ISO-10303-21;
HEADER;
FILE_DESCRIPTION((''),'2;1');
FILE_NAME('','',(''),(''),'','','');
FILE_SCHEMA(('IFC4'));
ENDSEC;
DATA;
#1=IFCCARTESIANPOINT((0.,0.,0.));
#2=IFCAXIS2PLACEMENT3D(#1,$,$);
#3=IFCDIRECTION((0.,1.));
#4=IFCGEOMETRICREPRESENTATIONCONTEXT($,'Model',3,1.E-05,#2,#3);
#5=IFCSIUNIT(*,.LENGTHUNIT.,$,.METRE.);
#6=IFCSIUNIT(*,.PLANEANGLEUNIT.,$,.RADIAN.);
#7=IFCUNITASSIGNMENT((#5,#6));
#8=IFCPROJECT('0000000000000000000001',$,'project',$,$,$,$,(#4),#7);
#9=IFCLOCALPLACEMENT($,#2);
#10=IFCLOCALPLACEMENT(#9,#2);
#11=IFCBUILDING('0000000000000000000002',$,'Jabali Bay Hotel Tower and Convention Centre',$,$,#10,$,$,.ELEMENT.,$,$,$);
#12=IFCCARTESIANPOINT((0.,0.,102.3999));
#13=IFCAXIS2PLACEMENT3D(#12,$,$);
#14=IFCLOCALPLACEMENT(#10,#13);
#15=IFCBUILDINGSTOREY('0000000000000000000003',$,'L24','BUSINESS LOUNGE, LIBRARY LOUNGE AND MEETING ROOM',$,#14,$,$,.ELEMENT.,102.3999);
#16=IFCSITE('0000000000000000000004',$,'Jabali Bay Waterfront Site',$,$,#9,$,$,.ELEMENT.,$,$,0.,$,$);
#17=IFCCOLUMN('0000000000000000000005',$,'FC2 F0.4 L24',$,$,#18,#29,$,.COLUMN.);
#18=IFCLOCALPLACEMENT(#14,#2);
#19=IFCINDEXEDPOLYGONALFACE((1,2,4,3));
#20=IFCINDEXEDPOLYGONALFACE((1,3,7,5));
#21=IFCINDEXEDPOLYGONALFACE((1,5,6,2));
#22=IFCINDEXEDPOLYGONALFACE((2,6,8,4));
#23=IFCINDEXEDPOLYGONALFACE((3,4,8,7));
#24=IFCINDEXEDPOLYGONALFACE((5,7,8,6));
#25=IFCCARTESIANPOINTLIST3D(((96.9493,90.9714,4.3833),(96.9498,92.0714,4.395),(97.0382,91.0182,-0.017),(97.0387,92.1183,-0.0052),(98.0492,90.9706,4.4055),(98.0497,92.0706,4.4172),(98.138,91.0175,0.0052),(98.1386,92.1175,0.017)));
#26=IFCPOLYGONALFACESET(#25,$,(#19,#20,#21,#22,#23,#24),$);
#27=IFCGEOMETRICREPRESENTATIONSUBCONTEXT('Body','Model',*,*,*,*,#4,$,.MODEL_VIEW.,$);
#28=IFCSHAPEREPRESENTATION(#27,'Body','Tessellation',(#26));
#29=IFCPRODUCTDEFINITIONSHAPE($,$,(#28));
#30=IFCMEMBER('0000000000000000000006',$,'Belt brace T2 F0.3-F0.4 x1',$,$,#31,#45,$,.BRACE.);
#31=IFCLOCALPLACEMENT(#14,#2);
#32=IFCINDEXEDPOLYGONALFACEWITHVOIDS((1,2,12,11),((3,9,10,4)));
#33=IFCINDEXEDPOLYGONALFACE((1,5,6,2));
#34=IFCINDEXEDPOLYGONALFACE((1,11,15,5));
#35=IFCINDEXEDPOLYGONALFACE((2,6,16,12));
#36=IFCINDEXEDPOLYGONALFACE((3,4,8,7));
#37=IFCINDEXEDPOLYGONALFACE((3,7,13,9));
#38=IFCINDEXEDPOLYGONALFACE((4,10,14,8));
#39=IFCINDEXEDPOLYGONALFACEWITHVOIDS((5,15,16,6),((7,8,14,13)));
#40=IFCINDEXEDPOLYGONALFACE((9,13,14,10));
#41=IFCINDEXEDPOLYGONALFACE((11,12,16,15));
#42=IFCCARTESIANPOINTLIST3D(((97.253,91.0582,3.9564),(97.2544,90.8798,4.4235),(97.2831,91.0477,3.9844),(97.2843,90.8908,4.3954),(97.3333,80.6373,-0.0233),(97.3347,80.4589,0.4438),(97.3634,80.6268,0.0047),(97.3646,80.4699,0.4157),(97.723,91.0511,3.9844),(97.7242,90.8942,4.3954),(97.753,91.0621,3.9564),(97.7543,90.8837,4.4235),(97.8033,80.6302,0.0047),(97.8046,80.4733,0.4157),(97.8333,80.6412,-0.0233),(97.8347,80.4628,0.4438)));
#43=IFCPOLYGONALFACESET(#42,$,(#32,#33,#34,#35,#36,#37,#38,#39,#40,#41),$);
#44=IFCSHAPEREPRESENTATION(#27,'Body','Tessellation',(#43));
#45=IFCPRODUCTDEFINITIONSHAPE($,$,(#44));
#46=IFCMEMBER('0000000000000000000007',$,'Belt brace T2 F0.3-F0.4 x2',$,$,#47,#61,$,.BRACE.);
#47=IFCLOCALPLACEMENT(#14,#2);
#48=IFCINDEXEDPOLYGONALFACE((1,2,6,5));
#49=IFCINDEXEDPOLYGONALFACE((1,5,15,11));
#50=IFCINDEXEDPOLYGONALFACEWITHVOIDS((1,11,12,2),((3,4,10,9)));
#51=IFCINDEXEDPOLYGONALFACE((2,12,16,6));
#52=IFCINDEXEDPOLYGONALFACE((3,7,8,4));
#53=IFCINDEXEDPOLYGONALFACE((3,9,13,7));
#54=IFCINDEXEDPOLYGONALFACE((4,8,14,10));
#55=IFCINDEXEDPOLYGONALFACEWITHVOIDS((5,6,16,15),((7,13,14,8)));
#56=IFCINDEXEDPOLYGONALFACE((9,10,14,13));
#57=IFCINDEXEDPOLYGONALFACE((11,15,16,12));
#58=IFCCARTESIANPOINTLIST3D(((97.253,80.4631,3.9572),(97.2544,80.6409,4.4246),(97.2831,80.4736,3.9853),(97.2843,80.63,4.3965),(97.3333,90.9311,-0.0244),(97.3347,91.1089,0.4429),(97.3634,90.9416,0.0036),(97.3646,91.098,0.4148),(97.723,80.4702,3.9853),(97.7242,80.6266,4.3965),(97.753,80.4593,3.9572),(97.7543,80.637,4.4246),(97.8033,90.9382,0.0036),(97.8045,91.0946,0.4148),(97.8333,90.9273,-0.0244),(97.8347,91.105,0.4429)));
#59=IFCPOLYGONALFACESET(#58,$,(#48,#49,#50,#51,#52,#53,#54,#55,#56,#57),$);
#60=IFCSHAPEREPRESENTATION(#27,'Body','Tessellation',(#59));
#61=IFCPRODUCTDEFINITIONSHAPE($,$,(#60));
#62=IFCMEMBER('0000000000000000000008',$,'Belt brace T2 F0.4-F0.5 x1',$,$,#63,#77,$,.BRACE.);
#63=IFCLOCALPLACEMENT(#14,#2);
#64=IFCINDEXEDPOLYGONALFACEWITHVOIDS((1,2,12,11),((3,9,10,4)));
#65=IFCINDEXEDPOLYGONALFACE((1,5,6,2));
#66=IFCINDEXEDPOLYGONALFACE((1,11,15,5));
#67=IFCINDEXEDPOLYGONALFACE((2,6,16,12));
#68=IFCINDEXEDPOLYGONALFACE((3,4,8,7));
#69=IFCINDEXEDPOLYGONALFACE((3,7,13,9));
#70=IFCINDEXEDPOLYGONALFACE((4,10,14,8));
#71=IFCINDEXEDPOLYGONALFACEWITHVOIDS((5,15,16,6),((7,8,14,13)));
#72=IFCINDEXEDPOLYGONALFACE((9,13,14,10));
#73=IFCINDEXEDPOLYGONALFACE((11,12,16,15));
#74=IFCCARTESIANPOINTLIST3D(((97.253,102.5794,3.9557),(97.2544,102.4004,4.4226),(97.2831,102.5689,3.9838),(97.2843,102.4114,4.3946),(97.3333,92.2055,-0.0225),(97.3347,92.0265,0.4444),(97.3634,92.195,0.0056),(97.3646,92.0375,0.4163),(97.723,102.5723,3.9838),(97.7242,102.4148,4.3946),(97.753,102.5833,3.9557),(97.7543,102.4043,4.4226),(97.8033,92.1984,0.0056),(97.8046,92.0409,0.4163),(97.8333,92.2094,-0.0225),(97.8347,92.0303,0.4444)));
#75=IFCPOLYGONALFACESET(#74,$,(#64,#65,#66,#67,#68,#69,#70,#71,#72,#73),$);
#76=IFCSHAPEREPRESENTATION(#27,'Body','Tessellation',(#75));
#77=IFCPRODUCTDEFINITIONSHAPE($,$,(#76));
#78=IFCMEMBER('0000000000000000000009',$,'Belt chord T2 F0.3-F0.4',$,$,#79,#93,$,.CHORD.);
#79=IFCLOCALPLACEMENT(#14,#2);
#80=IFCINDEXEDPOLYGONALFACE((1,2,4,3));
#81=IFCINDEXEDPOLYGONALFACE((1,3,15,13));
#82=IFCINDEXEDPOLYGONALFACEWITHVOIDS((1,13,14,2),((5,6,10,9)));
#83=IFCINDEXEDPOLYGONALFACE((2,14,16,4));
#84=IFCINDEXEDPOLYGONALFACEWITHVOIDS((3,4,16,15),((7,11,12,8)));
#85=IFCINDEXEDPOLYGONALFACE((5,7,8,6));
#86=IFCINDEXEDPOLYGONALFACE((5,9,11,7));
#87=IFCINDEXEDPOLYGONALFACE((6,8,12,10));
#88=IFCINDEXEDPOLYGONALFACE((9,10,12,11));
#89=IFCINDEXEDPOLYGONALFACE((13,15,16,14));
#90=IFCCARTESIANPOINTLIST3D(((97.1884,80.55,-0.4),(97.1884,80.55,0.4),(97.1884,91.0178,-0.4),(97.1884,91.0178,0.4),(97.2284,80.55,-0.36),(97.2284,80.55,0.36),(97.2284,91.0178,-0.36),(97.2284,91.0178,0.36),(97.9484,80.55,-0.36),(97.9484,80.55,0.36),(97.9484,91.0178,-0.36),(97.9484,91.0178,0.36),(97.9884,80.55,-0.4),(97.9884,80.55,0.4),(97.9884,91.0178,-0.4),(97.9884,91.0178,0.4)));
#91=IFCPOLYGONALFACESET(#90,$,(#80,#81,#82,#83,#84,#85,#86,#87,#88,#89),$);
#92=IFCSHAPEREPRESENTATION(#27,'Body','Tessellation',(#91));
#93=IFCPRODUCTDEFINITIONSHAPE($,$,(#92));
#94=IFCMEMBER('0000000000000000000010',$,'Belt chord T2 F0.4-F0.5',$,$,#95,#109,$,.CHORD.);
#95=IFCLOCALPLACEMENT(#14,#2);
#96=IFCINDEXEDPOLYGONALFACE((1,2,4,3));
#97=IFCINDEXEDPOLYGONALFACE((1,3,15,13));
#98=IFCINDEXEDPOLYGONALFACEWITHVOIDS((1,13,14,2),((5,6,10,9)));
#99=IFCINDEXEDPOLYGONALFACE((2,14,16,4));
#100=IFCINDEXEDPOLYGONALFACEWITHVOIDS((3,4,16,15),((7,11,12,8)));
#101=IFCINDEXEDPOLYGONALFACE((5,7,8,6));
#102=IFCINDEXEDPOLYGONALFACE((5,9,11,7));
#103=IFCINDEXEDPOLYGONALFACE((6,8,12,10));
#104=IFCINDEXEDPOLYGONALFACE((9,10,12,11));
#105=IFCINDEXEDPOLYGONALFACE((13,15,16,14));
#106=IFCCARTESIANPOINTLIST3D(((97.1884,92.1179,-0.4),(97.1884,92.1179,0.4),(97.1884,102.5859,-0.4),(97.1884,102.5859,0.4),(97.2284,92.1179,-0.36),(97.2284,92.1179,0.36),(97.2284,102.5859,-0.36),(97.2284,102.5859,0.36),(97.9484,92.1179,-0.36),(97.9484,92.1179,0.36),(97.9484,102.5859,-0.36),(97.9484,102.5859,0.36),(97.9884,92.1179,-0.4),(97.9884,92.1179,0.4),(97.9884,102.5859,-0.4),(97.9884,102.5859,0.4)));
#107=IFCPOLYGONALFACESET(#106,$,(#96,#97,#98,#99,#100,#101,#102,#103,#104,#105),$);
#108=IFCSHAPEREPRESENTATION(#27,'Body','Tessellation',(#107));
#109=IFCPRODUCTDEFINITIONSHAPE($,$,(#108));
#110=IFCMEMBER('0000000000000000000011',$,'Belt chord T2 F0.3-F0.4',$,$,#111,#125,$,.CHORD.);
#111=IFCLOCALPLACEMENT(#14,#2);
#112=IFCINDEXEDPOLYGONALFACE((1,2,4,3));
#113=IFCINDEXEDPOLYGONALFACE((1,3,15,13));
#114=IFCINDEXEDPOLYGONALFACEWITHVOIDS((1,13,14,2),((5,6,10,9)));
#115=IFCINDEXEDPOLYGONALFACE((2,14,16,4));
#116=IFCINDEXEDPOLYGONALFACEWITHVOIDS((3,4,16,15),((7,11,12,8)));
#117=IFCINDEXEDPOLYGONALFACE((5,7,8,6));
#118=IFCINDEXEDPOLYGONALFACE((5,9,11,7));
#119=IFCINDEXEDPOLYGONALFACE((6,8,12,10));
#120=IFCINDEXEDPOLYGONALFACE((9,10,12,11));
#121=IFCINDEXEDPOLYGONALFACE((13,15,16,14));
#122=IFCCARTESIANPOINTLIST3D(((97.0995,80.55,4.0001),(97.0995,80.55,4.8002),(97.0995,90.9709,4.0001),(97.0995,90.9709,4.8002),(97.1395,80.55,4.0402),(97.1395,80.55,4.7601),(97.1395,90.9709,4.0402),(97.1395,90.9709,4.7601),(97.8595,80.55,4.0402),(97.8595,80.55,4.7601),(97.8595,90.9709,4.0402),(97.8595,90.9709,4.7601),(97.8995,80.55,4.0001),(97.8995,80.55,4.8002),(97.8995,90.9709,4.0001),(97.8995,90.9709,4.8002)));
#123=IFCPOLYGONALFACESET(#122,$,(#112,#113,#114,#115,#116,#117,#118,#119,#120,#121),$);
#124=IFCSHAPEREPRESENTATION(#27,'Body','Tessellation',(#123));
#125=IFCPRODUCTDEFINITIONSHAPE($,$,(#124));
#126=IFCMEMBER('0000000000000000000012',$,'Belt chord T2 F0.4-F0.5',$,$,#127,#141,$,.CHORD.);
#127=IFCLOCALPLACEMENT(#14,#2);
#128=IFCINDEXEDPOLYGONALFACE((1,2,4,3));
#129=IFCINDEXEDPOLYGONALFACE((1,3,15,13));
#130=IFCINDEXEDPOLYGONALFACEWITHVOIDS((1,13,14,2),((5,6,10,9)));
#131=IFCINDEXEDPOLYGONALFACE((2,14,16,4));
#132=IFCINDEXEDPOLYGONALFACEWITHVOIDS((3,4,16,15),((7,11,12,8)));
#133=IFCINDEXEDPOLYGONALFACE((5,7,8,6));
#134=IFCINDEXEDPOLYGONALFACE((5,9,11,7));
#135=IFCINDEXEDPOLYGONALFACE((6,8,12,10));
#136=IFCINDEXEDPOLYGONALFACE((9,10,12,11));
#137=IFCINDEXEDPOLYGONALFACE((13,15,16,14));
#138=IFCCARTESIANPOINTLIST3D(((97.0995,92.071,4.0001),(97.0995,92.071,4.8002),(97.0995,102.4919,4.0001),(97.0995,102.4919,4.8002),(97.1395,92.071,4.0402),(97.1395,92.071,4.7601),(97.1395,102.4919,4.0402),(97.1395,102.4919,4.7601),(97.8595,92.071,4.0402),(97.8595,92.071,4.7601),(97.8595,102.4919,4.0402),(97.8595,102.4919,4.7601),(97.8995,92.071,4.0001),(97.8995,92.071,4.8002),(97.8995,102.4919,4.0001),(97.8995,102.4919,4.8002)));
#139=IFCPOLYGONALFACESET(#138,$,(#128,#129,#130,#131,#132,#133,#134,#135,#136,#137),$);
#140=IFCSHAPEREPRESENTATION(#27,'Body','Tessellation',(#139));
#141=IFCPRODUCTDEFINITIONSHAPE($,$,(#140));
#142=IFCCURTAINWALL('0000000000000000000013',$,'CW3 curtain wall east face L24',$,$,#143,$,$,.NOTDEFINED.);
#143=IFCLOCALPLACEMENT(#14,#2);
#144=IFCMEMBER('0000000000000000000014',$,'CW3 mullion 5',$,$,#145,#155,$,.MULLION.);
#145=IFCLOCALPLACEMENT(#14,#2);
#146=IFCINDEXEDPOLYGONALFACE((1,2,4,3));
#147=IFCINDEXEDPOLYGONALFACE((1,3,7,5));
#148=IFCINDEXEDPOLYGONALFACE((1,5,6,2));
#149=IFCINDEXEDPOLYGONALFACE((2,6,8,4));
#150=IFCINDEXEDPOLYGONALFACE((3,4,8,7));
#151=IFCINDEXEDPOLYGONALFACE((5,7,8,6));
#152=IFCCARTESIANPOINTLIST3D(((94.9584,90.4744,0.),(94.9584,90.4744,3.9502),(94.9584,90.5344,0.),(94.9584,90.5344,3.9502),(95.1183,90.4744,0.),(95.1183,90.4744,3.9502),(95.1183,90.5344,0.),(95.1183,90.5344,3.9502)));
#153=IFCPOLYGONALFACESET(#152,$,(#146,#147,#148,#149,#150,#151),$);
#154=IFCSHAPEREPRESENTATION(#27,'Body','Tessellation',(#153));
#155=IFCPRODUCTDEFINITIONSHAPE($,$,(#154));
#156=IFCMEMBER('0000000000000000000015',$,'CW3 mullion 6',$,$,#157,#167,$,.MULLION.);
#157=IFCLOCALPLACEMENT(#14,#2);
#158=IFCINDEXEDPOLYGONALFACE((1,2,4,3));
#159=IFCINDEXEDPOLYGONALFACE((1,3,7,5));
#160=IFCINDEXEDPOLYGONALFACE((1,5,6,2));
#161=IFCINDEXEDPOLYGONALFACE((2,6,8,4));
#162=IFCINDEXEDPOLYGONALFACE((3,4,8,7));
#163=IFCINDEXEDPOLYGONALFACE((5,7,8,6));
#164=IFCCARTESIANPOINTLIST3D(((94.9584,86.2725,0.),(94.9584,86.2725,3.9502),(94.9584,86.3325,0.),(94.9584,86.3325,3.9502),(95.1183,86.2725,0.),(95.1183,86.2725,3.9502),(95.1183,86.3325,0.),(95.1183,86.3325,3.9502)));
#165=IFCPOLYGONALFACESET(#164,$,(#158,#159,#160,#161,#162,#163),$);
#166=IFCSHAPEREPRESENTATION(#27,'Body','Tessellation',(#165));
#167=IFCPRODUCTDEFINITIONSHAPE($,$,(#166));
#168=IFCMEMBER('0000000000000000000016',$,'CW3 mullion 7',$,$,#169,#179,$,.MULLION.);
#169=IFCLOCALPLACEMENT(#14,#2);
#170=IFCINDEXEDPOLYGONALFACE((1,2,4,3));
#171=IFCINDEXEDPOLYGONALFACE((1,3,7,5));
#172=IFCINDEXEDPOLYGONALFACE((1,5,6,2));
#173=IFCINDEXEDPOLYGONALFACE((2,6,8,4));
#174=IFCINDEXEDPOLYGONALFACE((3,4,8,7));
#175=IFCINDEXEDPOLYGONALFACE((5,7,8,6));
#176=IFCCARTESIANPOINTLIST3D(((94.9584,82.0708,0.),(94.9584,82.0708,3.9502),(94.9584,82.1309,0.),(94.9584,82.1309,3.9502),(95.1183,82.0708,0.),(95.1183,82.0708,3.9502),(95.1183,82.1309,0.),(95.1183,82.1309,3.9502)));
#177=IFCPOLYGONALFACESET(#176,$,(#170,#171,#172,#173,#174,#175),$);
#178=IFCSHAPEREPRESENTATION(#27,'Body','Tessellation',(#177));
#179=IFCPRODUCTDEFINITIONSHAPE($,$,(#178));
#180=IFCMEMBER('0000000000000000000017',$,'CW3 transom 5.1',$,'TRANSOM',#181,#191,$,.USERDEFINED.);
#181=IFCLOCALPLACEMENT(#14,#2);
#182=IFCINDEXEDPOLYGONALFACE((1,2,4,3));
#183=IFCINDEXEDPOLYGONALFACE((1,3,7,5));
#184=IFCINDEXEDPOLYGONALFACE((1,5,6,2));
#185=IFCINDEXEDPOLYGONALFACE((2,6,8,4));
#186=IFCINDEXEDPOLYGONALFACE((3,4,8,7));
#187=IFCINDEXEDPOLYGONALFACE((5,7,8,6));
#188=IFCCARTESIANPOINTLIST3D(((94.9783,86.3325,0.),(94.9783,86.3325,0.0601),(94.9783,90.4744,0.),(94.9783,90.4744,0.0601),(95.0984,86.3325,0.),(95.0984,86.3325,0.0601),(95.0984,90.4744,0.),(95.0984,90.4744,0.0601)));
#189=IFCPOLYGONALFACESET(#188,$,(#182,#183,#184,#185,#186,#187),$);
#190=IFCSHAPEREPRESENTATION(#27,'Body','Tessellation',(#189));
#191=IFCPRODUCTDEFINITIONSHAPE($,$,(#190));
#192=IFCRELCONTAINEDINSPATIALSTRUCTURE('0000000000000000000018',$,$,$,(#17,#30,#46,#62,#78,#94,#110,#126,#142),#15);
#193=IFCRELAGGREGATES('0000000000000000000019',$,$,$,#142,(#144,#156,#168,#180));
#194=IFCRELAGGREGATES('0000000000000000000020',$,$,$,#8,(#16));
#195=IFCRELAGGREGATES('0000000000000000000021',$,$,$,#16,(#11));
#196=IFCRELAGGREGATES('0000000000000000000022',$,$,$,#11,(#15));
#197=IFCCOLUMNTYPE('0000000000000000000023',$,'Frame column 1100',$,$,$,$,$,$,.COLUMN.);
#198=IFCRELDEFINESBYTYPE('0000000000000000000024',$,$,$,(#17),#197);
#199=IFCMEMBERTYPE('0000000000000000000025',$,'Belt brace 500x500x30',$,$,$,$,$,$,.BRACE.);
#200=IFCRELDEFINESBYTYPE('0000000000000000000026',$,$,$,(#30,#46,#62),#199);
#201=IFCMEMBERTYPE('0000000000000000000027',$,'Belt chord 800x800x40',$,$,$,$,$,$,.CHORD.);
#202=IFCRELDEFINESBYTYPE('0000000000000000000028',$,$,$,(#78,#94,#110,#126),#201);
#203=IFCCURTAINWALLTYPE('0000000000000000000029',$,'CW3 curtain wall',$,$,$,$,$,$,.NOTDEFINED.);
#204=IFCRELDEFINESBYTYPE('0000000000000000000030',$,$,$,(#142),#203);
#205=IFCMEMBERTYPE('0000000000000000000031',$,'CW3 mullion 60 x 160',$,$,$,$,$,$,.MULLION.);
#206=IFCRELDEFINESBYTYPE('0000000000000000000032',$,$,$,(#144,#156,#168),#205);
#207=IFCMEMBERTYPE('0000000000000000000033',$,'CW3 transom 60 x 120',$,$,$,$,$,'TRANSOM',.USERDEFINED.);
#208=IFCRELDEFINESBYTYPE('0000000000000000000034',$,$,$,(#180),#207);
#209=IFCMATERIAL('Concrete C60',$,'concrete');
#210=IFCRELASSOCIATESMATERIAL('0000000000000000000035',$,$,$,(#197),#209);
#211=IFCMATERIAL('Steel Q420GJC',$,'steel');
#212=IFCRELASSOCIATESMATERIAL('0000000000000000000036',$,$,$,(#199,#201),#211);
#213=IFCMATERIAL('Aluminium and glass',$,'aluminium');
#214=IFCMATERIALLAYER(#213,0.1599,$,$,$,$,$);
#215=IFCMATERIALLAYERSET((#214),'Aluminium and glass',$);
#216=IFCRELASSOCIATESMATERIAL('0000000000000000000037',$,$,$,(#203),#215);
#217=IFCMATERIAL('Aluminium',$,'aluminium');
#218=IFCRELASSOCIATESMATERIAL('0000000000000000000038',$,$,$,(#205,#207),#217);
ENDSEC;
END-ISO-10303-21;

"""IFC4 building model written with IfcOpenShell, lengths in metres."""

from ifc_helpers import new_model, si_unit, direction, frame, origin, origin_2d, place, context, subcontext, project, spatial, rectangle, hollow_rectangle, extrude, material, layer, layer_set, material_profile, profile_set, type_object, element, aggregate, save


model = new_model("IFC4")

# Units and contexts
model_context = context("Model", 3, precision=1e-05, world=origin(), true_north=direction((0.0, 1.0)))
body_context = subcontext(model_context, "Body", "Model", "MODEL_VIEW")
ifc_project = project(units=[si_unit("LENGTHUNIT", "METRE"), si_unit("PLANEANGLEUNIT", "RADIAN")], contexts=[model_context])

# Site, building, storey
site_placement = place(None, origin())
site = spatial("IfcSite", under=ifc_project, at=site_placement, Name="Jabali Bay Waterfront Site", CompositionType="ELEMENT", RefElevation=0.0)
building_placement = place(site_placement, origin())
building = spatial("IfcBuilding", under=site, at=building_placement, Name="Jabali Bay Hotel Tower and Convention Centre", CompositionType="ELEMENT")
storey_placement = place(building_placement, frame((0.0, 0.0, 102.3999)))
storey = spatial("IfcBuildingStorey", under=building, at=storey_placement, Name="L24", Description="BUSINESS LOUNGE, LIBRARY LOUNGE AND MEETING ROOM", CompositionType="ELEMENT", Elevation=102.3999)

# Column
ifc_material_1 = material(Name="Concrete C60", Category="concrete")
ifc_material_profile_1 = material_profile(ifc_material_1, rectangle(XDim=1.1001, YDim=1.1001, at=origin_2d()), Name="Frame column 1100")
ifc_profile_set_1 = profile_set([ifc_material_profile_1], Name="Concrete C60")
column_type = type_object("IfcColumnType", Name="Frame column 1100", PredefinedType="COLUMN", material=ifc_profile_set_1)
column_placement = place(storey_placement, frame((97.5884, 91.5679, 0.0), z_axis=(-0.020191, -0.01065, 0.999739), x_axis=(0.999796, -0.000711, 0.020185)))
element("IfcColumn", 1, at=column_placement, inside=storey, type_object=column_type, Name="FC2 F0.4 L24", PredefinedType="COLUMN", context=body_context, shape_type="SweptSolid", body=[
    extrude(rectangle(XDim=1.1001, YDim=1.1001, at=origin_2d()), origin(), (0.0, 0.0, 1.0), 4.4014),
])

# Members
ifc_material_2 = material(Name="Steel Q420GJC", Category="steel")
ifc_material_profile_2 = material_profile(ifc_material_2, hollow_rectangle(XDim=0.5, YDim=0.5, WallThickness=0.03, at=origin_2d()), Name="Belt brace 500x500x30")
ifc_profile_set_2 = profile_set([ifc_material_profile_2], Name="Steel Q420GJC")
member_type_1 = type_object("IfcMemberType", Name="Belt brace 500x500x30", PredefinedType="BRACE", material=ifc_profile_set_2)
member_1_placement = place(storey_placement, frame((97.584, 80.55, 0.2102), z_axis=(-0.0072, 0.934169, 0.356759), x_axis=(-0.99997, -0.007708, 0.0)))
element("IfcMember", 2, at=member_1_placement, inside=storey, type_object=member_type_1, Name="Belt brace T2 F0.3-F0.4 x1", PredefinedType="BRACE", context=body_context, shape_type="SweptSolid", body=[
    extrude(hollow_rectangle(XDim=0.5, YDim=0.5, WallThickness=0.03, at=origin_2d()), origin(), (0.0, 0.0, 1.0), 11.1553),
])
member_2_placement = place(storey_placement, frame((97.584, 91.0181, 0.2092), z_axis=(-0.007172, -0.934646, 0.355508), x_axis=(0.999971, -0.007673, 0.0)))
element("IfcMember", 3, at=member_2_placement, inside=storey, type_object=member_type_1, Name="Belt brace T2 F0.3-F0.4 x2", PredefinedType="BRACE", context=body_context, shape_type="SweptSolid", body=[
    extrude(hollow_rectangle(XDim=0.5, YDim=0.5, WallThickness=0.03, at=origin_2d()), origin(), (0.0, 0.0, 1.0), 11.2),
])
member_3_placement = place(storey_placement, frame((97.584, 92.1179, 0.2109), z_axis=(-0.007229, 0.933675, 0.358049), x_axis=(-0.99997, -0.007742, 0.0)))
element("IfcMember", 4, at=member_3_placement, inside=storey, type_object=member_type_1, Name="Belt brace T2 F0.4-F0.5 x1", PredefinedType="BRACE", context=body_context, shape_type="SweptSolid", body=[
    extrude(hollow_rectangle(XDim=0.5, YDim=0.5, WallThickness=0.03, at=origin_2d()), origin(), (0.0, 0.0, 1.0), 11.1108),
])
ifc_material_profile_3 = material_profile(ifc_material_2, hollow_rectangle(XDim=0.8, YDim=0.8, WallThickness=0.04, at=origin_2d()), Name="Belt chord 800x800x40")
ifc_profile_set_3 = profile_set([ifc_material_profile_3], Name="Steel Q420GJC")
member_type_2 = type_object("IfcMemberType", Name="Belt chord 800x800x40", PredefinedType="CHORD", material=ifc_profile_set_3)
member_4_placement = place(storey_placement, frame((97.5884, 80.55, 0.0), z_axis=(0.0, 1.0, 0.0), x_axis=(-1.0, 0.0, 0.0)))
element("IfcMember", 5, at=member_4_placement, inside=storey, type_object=member_type_2, Name="Belt chord T2 F0.3-F0.4", PredefinedType="CHORD", context=body_context, shape_type="SweptSolid", body=[
    extrude(hollow_rectangle(XDim=0.8, YDim=0.8, WallThickness=0.04, at=origin_2d()), origin(), (0.0, 0.0, 1.0), 10.4678),
])
member_5_placement = place(storey_placement, frame((97.5884, 92.1179, 0.0), z_axis=(0.0, 1.0, 0.0), x_axis=(-1.0, 0.0, 0.0)))
element("IfcMember", 6, at=member_5_placement, inside=storey, type_object=member_type_2, Name="Belt chord T2 F0.4-F0.5", PredefinedType="CHORD", context=body_context, shape_type="SweptSolid", body=[
    extrude(hollow_rectangle(XDim=0.8, YDim=0.8, WallThickness=0.04, at=origin_2d()), origin(), (0.0, 0.0, 1.0), 10.468),
])
for number, where, z_axis, x_axis, name in (
    (7, (97.4995, 80.55, 4.4001), (0.0, 1.0, 0.0), (-1.0, 0.0, 0.0), "Belt chord T2 F0.3-F0.4"),
    (8, (97.4995, 92.071, 4.4001), (0.0, 1.0, 0.0), (-1.0, 0.0, 0.0), "Belt chord T2 F0.4-F0.5"),
):
    element("IfcMember", number, at=place(storey_placement, frame(where, z_axis=z_axis, x_axis=x_axis)), inside=storey, type_object=member_type_2, Name=name, PredefinedType="CHORD", context=body_context, shape_type="SweptSolid", body=[
        extrude(hollow_rectangle(XDim=0.8, YDim=0.8, WallThickness=0.04, at=origin_2d()), origin(), (0.0, 0.0, 1.0), 10.4209),
    ])

# Curtain wall, members
ifc_material_3 = material(Name="Aluminium and glass", Category="aluminium")
ifc_layer_1 = layer(ifc_material_3, 0.1599)
ifc_layer_set_1 = layer_set([ifc_layer_1], Name="Aluminium and glass")
curtain_wall_type = type_object("IfcCurtainWallType", Name="CW3 curtain wall", PredefinedType="NOTDEFINED", material=ifc_layer_set_1)
curtain_wall_placement = place(storey_placement, origin())
curtain_wall = element("IfcCurtainWall", 9, at=curtain_wall_placement, inside=storey, type_object=curtain_wall_type, Name="CW3 curtain wall east face L24", PredefinedType="NOTDEFINED")
ifc_material_4 = material(Name="Aluminium", Category="aluminium")
ifc_material_profile_4 = material_profile(ifc_material_4, rectangle(XDim=0.1599, YDim=0.0601, at=origin_2d()), Name="CW3 mullion 60 x 160")
ifc_profile_set_4 = profile_set([ifc_material_profile_4], Name="Aluminium")
member_type_3 = type_object("IfcMemberType", Name="CW3 mullion 60 x 160", PredefinedType="MULLION", material=ifc_profile_set_4)
member_6_placement = place(storey_placement, frame((95.0383, 90.5044, 0.0), z_axis=(0.0, 0.0, 1.0), x_axis=(1.0, 0.0, 0.0)))
member_6 = element("IfcMember", 10, at=member_6_placement, type_object=member_type_3, Name="CW3 mullion 5", PredefinedType="MULLION", context=body_context, shape_type="SweptSolid", body=[
    extrude(rectangle(XDim=0.1599, YDim=0.0601, at=origin_2d()), origin(), (0.0, 0.0, 1.0), 3.9502),
])
member_7_placement = place(storey_placement, frame((95.0383, 86.3025, 0.0), z_axis=(0.0, 0.0, 1.0), x_axis=(1.0, 0.0, 0.0)))
member_7 = element("IfcMember", 11, at=member_7_placement, type_object=member_type_3, Name="CW3 mullion 6", PredefinedType="MULLION", context=body_context, shape_type="SweptSolid", body=[
    extrude(rectangle(XDim=0.1599, YDim=0.0601, at=origin_2d()), origin(), (0.0, 0.0, 1.0), 3.9502),
])
member_8_placement = place(storey_placement, frame((95.0383, 82.1008, 0.0), z_axis=(0.0, 0.0, 1.0), x_axis=(1.0, 0.0, 0.0)))
member_8 = element("IfcMember", 12, at=member_8_placement, type_object=member_type_3, Name="CW3 mullion 7", PredefinedType="MULLION", context=body_context, shape_type="SweptSolid", body=[
    extrude(rectangle(XDim=0.1599, YDim=0.0601, at=origin_2d()), origin(), (0.0, 0.0, 1.0), 3.9502),
])
ifc_material_profile_5 = material_profile(ifc_material_4, rectangle(XDim=0.1201, YDim=0.0601, at=origin_2d()), Name="CW3 transom 60 x 120")
ifc_profile_set_5 = profile_set([ifc_material_profile_5], Name="Aluminium")
member_type_4 = type_object("IfcMemberType", Name="CW3 transom 60 x 120", ElementType="TRANSOM", PredefinedType="USERDEFINED", material=ifc_profile_set_5)
member_9_placement = place(storey_placement, frame((95.0383, 90.4744, 0.03), z_axis=(0.0, -1.0, 0.0), x_axis=(1.0, 0.0, 0.0)))
member_9 = element("IfcMember", 13, at=member_9_placement, type_object=member_type_4, Name="CW3 transom 5.1", ObjectType="TRANSOM", PredefinedType="USERDEFINED", context=body_context, shape_type="SweptSolid", body=[
    extrude(rectangle(XDim=0.1201, YDim=0.0601, at=origin_2d()), origin(), (0.0, 0.0, 1.0), 4.1418),
])
aggregate(curtain_wall, [member_6, member_7, member_8, member_9])

save(model, "model.ifc")
